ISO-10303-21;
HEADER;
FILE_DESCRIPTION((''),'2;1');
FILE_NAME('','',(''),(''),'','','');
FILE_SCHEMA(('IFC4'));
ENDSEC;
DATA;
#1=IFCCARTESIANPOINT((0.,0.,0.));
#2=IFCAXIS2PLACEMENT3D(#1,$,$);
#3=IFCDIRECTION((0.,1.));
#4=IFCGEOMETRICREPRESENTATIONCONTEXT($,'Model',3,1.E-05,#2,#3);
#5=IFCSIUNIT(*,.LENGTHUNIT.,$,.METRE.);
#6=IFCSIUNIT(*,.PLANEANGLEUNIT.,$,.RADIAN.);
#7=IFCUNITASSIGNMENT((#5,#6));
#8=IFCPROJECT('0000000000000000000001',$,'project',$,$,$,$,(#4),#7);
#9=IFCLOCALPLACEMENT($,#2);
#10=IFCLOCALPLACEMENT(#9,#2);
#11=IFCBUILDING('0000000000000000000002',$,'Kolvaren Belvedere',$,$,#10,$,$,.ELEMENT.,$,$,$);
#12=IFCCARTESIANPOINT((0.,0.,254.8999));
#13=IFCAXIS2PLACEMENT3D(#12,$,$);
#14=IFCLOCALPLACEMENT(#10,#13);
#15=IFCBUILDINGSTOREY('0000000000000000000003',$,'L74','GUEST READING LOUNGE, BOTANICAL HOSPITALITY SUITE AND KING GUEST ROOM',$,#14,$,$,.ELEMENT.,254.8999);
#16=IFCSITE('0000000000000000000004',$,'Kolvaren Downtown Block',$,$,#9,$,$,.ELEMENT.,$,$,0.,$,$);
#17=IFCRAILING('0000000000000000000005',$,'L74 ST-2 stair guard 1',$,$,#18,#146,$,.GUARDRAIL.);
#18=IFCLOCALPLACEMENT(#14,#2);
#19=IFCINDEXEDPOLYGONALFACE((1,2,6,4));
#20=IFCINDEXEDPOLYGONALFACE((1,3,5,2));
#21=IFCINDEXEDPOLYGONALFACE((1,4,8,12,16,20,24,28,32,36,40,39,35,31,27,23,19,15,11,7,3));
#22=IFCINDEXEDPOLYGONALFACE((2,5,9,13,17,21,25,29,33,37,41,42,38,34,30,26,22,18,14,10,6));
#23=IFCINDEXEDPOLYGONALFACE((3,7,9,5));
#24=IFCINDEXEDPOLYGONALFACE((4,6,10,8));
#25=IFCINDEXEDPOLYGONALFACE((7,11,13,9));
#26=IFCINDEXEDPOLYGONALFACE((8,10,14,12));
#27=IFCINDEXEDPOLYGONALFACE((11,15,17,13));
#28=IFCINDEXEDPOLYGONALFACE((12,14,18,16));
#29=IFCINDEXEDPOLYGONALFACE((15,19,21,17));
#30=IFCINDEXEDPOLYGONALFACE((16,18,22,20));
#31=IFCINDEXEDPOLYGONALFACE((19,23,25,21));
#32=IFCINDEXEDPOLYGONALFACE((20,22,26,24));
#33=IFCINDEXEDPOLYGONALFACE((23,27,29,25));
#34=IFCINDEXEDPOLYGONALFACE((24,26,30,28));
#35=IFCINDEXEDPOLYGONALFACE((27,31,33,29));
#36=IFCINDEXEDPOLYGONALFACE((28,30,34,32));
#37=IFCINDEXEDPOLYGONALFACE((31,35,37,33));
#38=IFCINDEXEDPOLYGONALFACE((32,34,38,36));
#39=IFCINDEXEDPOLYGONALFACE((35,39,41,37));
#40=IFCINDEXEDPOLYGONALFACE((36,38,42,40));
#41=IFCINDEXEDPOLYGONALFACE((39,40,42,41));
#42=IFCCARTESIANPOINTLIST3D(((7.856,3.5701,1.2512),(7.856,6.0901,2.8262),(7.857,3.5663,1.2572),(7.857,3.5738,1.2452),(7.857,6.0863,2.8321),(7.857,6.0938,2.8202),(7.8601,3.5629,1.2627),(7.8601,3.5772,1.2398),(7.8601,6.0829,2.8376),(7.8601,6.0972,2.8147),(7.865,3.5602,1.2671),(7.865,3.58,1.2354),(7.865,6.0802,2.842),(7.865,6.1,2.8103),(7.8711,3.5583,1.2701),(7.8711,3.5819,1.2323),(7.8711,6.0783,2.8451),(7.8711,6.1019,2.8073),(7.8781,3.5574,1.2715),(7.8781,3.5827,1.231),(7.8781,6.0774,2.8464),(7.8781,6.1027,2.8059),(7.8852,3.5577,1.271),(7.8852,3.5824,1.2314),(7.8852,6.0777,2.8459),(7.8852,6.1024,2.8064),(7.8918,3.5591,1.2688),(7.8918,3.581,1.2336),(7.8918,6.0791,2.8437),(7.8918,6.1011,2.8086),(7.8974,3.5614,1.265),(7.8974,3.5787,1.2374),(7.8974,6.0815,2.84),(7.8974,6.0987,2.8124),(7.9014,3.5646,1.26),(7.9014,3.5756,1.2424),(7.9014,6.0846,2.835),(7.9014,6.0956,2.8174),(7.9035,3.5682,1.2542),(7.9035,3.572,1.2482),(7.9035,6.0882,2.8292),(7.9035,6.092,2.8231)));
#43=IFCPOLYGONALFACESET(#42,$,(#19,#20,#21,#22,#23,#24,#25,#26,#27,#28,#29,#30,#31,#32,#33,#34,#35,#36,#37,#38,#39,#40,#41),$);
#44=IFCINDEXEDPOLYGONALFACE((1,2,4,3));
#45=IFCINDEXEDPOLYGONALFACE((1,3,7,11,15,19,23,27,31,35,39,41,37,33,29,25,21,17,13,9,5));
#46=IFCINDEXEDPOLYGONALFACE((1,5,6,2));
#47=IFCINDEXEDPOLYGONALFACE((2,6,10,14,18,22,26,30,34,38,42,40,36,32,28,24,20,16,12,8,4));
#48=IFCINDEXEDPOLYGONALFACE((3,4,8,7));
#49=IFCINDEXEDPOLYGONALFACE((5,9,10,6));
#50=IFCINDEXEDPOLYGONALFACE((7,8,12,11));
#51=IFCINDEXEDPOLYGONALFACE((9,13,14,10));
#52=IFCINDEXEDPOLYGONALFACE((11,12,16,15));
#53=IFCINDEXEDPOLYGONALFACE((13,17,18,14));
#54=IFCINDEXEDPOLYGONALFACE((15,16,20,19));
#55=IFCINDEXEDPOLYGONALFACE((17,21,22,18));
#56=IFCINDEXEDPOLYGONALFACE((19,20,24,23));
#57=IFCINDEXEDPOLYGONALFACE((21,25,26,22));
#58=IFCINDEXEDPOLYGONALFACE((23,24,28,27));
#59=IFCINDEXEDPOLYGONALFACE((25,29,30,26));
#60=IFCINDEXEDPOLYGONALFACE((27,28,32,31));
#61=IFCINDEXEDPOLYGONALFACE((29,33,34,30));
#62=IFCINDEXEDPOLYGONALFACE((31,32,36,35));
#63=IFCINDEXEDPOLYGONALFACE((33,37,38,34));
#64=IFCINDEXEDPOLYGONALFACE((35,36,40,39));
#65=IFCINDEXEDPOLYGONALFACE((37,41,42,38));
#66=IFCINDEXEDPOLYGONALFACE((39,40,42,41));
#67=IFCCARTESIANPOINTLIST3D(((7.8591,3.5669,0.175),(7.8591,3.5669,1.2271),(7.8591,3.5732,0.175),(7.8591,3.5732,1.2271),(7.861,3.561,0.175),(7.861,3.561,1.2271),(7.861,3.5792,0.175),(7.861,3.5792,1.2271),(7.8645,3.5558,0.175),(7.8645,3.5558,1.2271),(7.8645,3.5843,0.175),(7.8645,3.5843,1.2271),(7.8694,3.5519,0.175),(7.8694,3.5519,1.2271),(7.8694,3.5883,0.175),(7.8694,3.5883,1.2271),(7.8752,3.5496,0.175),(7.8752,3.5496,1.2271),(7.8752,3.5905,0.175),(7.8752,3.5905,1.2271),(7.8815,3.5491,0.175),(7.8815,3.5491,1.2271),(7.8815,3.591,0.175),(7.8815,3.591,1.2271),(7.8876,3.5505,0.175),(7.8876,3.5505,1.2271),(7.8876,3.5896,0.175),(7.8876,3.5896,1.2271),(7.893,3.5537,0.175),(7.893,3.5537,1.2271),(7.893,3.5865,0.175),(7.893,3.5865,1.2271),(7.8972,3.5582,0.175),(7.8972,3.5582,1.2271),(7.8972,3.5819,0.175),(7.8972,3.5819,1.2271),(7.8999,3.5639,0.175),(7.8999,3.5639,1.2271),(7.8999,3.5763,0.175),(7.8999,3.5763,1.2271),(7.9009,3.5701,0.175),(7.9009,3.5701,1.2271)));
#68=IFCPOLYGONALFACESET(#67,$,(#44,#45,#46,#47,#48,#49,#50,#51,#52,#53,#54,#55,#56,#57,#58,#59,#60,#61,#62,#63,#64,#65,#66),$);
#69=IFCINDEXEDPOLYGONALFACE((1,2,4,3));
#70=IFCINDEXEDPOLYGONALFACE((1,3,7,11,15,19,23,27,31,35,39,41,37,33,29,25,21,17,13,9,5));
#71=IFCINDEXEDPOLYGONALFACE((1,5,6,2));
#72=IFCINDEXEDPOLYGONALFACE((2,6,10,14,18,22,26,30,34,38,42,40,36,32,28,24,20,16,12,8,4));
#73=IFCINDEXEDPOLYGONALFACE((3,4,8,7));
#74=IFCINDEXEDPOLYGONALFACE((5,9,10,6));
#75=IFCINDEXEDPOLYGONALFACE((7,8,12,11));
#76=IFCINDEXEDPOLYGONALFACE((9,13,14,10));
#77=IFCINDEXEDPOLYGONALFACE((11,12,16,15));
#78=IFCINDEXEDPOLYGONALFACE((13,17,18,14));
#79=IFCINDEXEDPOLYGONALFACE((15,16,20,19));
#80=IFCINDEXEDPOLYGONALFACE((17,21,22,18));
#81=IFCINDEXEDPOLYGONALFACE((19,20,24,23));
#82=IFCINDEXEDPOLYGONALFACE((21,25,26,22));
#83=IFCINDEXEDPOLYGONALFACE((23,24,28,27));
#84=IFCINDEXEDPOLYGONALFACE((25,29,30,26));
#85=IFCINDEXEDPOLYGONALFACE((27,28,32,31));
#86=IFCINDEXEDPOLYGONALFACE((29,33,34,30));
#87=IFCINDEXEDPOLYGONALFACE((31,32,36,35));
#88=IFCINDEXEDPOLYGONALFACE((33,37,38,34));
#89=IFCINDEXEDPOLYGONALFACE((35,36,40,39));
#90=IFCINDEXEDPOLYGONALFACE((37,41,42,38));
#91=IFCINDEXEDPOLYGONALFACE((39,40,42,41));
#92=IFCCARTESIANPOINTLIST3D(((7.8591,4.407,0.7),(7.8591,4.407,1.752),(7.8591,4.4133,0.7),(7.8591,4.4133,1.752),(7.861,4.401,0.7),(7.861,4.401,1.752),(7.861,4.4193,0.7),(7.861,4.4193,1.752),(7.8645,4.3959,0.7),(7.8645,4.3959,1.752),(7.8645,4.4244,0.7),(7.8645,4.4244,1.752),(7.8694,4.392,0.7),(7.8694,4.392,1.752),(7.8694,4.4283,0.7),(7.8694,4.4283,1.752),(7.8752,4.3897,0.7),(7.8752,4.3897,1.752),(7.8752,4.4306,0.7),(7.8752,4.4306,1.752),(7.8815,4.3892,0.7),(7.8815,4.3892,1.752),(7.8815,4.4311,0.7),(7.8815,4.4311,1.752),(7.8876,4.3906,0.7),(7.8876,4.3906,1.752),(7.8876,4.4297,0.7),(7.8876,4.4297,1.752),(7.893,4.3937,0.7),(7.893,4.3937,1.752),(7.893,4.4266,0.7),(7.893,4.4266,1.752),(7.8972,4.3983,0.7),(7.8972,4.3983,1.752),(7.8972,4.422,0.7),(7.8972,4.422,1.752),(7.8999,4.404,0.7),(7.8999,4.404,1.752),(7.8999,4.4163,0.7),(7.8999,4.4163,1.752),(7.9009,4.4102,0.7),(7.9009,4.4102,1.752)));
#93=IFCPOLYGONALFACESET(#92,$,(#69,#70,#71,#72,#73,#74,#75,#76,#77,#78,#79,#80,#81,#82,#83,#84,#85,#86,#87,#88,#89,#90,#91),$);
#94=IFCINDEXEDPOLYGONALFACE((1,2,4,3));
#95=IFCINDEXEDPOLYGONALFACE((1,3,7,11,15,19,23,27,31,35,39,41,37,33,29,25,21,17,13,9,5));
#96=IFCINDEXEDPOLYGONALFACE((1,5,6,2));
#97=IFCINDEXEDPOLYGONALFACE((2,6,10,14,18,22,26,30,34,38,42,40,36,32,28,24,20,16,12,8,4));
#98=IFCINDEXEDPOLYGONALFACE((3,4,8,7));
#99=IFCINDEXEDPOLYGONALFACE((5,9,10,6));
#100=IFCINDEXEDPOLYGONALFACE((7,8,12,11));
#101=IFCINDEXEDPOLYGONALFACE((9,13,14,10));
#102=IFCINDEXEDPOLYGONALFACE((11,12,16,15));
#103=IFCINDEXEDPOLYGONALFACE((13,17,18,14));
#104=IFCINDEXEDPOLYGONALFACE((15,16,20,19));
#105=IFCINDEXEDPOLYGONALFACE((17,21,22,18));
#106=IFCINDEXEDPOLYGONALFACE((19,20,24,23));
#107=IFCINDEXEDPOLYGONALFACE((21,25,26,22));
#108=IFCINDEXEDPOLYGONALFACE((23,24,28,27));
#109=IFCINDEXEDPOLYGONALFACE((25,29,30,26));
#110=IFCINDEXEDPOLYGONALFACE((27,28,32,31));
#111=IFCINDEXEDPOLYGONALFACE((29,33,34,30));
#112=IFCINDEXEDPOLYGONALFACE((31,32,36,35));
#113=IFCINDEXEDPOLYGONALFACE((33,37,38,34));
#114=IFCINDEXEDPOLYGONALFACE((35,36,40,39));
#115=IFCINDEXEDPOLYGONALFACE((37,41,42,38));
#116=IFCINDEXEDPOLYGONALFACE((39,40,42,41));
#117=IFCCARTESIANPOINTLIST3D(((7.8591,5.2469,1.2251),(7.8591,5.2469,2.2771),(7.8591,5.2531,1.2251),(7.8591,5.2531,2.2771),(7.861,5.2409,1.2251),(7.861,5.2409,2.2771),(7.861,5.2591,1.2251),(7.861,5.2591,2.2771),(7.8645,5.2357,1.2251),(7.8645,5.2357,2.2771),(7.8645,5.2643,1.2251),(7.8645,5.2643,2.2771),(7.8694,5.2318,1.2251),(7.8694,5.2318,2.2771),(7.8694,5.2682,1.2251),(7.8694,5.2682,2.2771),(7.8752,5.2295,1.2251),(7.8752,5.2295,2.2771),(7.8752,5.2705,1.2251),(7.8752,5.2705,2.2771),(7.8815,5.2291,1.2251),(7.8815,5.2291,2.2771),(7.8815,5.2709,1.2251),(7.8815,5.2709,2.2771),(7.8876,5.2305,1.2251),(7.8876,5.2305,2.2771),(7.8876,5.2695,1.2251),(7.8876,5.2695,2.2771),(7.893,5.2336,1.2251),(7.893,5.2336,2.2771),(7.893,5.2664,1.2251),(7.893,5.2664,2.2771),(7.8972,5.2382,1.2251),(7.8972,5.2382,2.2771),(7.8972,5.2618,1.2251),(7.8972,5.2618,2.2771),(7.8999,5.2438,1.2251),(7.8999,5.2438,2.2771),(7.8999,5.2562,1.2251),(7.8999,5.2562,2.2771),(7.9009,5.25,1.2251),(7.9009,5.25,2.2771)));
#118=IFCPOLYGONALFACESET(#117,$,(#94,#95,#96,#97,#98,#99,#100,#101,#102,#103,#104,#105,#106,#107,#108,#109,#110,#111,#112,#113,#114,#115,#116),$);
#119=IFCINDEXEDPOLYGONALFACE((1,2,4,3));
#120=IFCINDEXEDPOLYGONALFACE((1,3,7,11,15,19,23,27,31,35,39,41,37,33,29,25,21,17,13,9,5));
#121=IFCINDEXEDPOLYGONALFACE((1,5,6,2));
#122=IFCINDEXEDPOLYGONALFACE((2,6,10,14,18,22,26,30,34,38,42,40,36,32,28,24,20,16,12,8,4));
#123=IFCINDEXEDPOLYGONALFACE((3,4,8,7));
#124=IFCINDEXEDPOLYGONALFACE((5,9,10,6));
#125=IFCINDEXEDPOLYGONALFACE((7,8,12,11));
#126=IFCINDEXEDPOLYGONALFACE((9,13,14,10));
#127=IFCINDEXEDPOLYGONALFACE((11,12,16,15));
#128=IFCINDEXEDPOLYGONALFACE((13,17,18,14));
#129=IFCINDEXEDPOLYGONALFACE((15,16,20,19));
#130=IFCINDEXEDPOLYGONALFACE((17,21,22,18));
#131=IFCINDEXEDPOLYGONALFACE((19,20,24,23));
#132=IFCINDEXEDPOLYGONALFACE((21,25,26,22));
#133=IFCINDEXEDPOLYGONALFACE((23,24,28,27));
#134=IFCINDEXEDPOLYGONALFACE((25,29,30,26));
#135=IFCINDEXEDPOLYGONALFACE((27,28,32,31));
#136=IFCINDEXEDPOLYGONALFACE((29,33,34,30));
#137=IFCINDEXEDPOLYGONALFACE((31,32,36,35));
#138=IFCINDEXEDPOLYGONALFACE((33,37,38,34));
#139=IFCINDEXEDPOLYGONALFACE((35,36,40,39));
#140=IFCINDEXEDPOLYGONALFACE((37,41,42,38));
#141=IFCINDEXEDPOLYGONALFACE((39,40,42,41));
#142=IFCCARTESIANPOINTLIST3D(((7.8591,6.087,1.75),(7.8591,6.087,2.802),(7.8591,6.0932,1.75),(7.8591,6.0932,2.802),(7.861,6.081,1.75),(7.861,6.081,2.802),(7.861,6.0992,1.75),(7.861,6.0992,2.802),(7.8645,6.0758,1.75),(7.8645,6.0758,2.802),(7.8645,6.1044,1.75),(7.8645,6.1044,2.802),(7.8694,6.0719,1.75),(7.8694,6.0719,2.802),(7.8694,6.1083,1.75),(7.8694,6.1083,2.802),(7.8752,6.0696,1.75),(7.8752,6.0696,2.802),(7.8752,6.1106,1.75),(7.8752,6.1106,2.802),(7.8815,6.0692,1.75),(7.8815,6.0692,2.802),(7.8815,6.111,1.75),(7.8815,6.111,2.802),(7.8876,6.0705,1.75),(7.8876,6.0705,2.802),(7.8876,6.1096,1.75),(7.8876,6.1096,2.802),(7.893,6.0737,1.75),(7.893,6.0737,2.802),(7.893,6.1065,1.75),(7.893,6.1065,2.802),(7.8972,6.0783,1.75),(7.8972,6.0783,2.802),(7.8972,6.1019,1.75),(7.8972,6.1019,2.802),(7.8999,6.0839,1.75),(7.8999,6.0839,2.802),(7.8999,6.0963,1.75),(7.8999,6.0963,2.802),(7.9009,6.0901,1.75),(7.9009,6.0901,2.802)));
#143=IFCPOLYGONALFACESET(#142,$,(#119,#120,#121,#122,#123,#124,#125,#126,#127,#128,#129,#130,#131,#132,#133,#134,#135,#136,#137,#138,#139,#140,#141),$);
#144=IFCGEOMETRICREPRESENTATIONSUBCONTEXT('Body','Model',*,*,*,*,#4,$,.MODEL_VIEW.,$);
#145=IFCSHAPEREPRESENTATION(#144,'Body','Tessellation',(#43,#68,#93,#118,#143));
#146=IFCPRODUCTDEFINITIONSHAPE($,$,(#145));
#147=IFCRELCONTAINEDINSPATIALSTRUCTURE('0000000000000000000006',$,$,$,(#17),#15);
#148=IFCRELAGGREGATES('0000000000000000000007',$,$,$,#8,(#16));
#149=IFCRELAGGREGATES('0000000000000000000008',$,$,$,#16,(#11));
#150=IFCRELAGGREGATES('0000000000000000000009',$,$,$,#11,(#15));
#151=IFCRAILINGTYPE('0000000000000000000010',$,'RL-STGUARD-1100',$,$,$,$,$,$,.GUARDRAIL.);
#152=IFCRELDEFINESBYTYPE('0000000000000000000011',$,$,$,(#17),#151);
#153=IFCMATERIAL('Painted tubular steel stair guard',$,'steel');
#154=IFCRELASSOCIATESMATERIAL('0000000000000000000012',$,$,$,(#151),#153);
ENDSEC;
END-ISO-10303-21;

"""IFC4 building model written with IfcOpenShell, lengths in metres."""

from ifc_helpers import new_model, si_unit, direction, frame, origin, origin_2d, place, context, subcontext, project, spatial, circle, extrude, material, type_object, element, save


model = new_model("IFC4")

# Units and contexts
model_context = context("Model", 3, precision=1e-05, world=origin(), true_north=direction((0.0, 1.0)))
body_context = subcontext(model_context, "Body", "Model", "MODEL_VIEW")
ifc_project = project(units=[si_unit("LENGTHUNIT", "METRE"), si_unit("PLANEANGLEUNIT", "RADIAN")], contexts=[model_context])

# Site, building, storey
site_placement = place(None, origin())
site = spatial("IfcSite", under=ifc_project, at=site_placement, Name="Kolvaren Downtown Block", CompositionType="ELEMENT", RefElevation=0.0)
building_placement = place(site_placement, origin())
building = spatial("IfcBuilding", under=site, at=building_placement, Name="Kolvaren Belvedere", CompositionType="ELEMENT")
storey_placement = place(building_placement, frame((0.0, 0.0, 254.8999)))
storey = spatial("IfcBuildingStorey", under=building, at=storey_placement, Name="L74", Description="GUEST READING LOUNGE, BOTANICAL HOSPITALITY SUITE AND KING GUEST ROOM", CompositionType="ELEMENT", Elevation=254.8999)

# Railing
ifc_material_1 = material(Name="Painted tubular steel stair guard", Category="steel")
railing_type_1 = type_object("IfcRailingType", Name="RL-STGUARD-1100", PredefinedType="GUARDRAIL", material=ifc_material_1)
railing_1_placement = place(storey_placement, frame((7.8799, 3.5701, 0.175)))
element("IfcRailing", 1, at=railing_1_placement, inside=storey, type_object=railing_type_1, Name="L74 ST-2 stair guard 1", PredefinedType="GUARDRAIL", context=body_context, shape_type="SweptSolid", body=[
    extrude(circle(Radius=0.0239, at=origin_2d()), frame((0.0, 0.0, 1.0762), z_axis=(0.0, 0.848008, 0.529984), x_axis=(-1.0, 0.0, 0.0)), (0.0, 0.0, 1.0), 2.9717),
    extrude(circle(Radius=0.021, at=origin_2d()), origin(), (0.0, 0.0, 1.0), 1.052),
    extrude(circle(Radius=0.021, at=origin_2d()), frame((0.0, 0.8401, 0.5249)), (0.0, 0.0, 1.0), 1.052),
    extrude(circle(Radius=0.021, at=origin_2d()), frame((0.0, 1.6799, 1.05)), (0.0, 0.0, 1.0), 1.052),
    extrude(circle(Radius=0.021, at=origin_2d()), frame((0.0, 2.52, 1.575)), (0.0, 0.0, 1.0), 1.052),
])

save(model, "model.ifc")
